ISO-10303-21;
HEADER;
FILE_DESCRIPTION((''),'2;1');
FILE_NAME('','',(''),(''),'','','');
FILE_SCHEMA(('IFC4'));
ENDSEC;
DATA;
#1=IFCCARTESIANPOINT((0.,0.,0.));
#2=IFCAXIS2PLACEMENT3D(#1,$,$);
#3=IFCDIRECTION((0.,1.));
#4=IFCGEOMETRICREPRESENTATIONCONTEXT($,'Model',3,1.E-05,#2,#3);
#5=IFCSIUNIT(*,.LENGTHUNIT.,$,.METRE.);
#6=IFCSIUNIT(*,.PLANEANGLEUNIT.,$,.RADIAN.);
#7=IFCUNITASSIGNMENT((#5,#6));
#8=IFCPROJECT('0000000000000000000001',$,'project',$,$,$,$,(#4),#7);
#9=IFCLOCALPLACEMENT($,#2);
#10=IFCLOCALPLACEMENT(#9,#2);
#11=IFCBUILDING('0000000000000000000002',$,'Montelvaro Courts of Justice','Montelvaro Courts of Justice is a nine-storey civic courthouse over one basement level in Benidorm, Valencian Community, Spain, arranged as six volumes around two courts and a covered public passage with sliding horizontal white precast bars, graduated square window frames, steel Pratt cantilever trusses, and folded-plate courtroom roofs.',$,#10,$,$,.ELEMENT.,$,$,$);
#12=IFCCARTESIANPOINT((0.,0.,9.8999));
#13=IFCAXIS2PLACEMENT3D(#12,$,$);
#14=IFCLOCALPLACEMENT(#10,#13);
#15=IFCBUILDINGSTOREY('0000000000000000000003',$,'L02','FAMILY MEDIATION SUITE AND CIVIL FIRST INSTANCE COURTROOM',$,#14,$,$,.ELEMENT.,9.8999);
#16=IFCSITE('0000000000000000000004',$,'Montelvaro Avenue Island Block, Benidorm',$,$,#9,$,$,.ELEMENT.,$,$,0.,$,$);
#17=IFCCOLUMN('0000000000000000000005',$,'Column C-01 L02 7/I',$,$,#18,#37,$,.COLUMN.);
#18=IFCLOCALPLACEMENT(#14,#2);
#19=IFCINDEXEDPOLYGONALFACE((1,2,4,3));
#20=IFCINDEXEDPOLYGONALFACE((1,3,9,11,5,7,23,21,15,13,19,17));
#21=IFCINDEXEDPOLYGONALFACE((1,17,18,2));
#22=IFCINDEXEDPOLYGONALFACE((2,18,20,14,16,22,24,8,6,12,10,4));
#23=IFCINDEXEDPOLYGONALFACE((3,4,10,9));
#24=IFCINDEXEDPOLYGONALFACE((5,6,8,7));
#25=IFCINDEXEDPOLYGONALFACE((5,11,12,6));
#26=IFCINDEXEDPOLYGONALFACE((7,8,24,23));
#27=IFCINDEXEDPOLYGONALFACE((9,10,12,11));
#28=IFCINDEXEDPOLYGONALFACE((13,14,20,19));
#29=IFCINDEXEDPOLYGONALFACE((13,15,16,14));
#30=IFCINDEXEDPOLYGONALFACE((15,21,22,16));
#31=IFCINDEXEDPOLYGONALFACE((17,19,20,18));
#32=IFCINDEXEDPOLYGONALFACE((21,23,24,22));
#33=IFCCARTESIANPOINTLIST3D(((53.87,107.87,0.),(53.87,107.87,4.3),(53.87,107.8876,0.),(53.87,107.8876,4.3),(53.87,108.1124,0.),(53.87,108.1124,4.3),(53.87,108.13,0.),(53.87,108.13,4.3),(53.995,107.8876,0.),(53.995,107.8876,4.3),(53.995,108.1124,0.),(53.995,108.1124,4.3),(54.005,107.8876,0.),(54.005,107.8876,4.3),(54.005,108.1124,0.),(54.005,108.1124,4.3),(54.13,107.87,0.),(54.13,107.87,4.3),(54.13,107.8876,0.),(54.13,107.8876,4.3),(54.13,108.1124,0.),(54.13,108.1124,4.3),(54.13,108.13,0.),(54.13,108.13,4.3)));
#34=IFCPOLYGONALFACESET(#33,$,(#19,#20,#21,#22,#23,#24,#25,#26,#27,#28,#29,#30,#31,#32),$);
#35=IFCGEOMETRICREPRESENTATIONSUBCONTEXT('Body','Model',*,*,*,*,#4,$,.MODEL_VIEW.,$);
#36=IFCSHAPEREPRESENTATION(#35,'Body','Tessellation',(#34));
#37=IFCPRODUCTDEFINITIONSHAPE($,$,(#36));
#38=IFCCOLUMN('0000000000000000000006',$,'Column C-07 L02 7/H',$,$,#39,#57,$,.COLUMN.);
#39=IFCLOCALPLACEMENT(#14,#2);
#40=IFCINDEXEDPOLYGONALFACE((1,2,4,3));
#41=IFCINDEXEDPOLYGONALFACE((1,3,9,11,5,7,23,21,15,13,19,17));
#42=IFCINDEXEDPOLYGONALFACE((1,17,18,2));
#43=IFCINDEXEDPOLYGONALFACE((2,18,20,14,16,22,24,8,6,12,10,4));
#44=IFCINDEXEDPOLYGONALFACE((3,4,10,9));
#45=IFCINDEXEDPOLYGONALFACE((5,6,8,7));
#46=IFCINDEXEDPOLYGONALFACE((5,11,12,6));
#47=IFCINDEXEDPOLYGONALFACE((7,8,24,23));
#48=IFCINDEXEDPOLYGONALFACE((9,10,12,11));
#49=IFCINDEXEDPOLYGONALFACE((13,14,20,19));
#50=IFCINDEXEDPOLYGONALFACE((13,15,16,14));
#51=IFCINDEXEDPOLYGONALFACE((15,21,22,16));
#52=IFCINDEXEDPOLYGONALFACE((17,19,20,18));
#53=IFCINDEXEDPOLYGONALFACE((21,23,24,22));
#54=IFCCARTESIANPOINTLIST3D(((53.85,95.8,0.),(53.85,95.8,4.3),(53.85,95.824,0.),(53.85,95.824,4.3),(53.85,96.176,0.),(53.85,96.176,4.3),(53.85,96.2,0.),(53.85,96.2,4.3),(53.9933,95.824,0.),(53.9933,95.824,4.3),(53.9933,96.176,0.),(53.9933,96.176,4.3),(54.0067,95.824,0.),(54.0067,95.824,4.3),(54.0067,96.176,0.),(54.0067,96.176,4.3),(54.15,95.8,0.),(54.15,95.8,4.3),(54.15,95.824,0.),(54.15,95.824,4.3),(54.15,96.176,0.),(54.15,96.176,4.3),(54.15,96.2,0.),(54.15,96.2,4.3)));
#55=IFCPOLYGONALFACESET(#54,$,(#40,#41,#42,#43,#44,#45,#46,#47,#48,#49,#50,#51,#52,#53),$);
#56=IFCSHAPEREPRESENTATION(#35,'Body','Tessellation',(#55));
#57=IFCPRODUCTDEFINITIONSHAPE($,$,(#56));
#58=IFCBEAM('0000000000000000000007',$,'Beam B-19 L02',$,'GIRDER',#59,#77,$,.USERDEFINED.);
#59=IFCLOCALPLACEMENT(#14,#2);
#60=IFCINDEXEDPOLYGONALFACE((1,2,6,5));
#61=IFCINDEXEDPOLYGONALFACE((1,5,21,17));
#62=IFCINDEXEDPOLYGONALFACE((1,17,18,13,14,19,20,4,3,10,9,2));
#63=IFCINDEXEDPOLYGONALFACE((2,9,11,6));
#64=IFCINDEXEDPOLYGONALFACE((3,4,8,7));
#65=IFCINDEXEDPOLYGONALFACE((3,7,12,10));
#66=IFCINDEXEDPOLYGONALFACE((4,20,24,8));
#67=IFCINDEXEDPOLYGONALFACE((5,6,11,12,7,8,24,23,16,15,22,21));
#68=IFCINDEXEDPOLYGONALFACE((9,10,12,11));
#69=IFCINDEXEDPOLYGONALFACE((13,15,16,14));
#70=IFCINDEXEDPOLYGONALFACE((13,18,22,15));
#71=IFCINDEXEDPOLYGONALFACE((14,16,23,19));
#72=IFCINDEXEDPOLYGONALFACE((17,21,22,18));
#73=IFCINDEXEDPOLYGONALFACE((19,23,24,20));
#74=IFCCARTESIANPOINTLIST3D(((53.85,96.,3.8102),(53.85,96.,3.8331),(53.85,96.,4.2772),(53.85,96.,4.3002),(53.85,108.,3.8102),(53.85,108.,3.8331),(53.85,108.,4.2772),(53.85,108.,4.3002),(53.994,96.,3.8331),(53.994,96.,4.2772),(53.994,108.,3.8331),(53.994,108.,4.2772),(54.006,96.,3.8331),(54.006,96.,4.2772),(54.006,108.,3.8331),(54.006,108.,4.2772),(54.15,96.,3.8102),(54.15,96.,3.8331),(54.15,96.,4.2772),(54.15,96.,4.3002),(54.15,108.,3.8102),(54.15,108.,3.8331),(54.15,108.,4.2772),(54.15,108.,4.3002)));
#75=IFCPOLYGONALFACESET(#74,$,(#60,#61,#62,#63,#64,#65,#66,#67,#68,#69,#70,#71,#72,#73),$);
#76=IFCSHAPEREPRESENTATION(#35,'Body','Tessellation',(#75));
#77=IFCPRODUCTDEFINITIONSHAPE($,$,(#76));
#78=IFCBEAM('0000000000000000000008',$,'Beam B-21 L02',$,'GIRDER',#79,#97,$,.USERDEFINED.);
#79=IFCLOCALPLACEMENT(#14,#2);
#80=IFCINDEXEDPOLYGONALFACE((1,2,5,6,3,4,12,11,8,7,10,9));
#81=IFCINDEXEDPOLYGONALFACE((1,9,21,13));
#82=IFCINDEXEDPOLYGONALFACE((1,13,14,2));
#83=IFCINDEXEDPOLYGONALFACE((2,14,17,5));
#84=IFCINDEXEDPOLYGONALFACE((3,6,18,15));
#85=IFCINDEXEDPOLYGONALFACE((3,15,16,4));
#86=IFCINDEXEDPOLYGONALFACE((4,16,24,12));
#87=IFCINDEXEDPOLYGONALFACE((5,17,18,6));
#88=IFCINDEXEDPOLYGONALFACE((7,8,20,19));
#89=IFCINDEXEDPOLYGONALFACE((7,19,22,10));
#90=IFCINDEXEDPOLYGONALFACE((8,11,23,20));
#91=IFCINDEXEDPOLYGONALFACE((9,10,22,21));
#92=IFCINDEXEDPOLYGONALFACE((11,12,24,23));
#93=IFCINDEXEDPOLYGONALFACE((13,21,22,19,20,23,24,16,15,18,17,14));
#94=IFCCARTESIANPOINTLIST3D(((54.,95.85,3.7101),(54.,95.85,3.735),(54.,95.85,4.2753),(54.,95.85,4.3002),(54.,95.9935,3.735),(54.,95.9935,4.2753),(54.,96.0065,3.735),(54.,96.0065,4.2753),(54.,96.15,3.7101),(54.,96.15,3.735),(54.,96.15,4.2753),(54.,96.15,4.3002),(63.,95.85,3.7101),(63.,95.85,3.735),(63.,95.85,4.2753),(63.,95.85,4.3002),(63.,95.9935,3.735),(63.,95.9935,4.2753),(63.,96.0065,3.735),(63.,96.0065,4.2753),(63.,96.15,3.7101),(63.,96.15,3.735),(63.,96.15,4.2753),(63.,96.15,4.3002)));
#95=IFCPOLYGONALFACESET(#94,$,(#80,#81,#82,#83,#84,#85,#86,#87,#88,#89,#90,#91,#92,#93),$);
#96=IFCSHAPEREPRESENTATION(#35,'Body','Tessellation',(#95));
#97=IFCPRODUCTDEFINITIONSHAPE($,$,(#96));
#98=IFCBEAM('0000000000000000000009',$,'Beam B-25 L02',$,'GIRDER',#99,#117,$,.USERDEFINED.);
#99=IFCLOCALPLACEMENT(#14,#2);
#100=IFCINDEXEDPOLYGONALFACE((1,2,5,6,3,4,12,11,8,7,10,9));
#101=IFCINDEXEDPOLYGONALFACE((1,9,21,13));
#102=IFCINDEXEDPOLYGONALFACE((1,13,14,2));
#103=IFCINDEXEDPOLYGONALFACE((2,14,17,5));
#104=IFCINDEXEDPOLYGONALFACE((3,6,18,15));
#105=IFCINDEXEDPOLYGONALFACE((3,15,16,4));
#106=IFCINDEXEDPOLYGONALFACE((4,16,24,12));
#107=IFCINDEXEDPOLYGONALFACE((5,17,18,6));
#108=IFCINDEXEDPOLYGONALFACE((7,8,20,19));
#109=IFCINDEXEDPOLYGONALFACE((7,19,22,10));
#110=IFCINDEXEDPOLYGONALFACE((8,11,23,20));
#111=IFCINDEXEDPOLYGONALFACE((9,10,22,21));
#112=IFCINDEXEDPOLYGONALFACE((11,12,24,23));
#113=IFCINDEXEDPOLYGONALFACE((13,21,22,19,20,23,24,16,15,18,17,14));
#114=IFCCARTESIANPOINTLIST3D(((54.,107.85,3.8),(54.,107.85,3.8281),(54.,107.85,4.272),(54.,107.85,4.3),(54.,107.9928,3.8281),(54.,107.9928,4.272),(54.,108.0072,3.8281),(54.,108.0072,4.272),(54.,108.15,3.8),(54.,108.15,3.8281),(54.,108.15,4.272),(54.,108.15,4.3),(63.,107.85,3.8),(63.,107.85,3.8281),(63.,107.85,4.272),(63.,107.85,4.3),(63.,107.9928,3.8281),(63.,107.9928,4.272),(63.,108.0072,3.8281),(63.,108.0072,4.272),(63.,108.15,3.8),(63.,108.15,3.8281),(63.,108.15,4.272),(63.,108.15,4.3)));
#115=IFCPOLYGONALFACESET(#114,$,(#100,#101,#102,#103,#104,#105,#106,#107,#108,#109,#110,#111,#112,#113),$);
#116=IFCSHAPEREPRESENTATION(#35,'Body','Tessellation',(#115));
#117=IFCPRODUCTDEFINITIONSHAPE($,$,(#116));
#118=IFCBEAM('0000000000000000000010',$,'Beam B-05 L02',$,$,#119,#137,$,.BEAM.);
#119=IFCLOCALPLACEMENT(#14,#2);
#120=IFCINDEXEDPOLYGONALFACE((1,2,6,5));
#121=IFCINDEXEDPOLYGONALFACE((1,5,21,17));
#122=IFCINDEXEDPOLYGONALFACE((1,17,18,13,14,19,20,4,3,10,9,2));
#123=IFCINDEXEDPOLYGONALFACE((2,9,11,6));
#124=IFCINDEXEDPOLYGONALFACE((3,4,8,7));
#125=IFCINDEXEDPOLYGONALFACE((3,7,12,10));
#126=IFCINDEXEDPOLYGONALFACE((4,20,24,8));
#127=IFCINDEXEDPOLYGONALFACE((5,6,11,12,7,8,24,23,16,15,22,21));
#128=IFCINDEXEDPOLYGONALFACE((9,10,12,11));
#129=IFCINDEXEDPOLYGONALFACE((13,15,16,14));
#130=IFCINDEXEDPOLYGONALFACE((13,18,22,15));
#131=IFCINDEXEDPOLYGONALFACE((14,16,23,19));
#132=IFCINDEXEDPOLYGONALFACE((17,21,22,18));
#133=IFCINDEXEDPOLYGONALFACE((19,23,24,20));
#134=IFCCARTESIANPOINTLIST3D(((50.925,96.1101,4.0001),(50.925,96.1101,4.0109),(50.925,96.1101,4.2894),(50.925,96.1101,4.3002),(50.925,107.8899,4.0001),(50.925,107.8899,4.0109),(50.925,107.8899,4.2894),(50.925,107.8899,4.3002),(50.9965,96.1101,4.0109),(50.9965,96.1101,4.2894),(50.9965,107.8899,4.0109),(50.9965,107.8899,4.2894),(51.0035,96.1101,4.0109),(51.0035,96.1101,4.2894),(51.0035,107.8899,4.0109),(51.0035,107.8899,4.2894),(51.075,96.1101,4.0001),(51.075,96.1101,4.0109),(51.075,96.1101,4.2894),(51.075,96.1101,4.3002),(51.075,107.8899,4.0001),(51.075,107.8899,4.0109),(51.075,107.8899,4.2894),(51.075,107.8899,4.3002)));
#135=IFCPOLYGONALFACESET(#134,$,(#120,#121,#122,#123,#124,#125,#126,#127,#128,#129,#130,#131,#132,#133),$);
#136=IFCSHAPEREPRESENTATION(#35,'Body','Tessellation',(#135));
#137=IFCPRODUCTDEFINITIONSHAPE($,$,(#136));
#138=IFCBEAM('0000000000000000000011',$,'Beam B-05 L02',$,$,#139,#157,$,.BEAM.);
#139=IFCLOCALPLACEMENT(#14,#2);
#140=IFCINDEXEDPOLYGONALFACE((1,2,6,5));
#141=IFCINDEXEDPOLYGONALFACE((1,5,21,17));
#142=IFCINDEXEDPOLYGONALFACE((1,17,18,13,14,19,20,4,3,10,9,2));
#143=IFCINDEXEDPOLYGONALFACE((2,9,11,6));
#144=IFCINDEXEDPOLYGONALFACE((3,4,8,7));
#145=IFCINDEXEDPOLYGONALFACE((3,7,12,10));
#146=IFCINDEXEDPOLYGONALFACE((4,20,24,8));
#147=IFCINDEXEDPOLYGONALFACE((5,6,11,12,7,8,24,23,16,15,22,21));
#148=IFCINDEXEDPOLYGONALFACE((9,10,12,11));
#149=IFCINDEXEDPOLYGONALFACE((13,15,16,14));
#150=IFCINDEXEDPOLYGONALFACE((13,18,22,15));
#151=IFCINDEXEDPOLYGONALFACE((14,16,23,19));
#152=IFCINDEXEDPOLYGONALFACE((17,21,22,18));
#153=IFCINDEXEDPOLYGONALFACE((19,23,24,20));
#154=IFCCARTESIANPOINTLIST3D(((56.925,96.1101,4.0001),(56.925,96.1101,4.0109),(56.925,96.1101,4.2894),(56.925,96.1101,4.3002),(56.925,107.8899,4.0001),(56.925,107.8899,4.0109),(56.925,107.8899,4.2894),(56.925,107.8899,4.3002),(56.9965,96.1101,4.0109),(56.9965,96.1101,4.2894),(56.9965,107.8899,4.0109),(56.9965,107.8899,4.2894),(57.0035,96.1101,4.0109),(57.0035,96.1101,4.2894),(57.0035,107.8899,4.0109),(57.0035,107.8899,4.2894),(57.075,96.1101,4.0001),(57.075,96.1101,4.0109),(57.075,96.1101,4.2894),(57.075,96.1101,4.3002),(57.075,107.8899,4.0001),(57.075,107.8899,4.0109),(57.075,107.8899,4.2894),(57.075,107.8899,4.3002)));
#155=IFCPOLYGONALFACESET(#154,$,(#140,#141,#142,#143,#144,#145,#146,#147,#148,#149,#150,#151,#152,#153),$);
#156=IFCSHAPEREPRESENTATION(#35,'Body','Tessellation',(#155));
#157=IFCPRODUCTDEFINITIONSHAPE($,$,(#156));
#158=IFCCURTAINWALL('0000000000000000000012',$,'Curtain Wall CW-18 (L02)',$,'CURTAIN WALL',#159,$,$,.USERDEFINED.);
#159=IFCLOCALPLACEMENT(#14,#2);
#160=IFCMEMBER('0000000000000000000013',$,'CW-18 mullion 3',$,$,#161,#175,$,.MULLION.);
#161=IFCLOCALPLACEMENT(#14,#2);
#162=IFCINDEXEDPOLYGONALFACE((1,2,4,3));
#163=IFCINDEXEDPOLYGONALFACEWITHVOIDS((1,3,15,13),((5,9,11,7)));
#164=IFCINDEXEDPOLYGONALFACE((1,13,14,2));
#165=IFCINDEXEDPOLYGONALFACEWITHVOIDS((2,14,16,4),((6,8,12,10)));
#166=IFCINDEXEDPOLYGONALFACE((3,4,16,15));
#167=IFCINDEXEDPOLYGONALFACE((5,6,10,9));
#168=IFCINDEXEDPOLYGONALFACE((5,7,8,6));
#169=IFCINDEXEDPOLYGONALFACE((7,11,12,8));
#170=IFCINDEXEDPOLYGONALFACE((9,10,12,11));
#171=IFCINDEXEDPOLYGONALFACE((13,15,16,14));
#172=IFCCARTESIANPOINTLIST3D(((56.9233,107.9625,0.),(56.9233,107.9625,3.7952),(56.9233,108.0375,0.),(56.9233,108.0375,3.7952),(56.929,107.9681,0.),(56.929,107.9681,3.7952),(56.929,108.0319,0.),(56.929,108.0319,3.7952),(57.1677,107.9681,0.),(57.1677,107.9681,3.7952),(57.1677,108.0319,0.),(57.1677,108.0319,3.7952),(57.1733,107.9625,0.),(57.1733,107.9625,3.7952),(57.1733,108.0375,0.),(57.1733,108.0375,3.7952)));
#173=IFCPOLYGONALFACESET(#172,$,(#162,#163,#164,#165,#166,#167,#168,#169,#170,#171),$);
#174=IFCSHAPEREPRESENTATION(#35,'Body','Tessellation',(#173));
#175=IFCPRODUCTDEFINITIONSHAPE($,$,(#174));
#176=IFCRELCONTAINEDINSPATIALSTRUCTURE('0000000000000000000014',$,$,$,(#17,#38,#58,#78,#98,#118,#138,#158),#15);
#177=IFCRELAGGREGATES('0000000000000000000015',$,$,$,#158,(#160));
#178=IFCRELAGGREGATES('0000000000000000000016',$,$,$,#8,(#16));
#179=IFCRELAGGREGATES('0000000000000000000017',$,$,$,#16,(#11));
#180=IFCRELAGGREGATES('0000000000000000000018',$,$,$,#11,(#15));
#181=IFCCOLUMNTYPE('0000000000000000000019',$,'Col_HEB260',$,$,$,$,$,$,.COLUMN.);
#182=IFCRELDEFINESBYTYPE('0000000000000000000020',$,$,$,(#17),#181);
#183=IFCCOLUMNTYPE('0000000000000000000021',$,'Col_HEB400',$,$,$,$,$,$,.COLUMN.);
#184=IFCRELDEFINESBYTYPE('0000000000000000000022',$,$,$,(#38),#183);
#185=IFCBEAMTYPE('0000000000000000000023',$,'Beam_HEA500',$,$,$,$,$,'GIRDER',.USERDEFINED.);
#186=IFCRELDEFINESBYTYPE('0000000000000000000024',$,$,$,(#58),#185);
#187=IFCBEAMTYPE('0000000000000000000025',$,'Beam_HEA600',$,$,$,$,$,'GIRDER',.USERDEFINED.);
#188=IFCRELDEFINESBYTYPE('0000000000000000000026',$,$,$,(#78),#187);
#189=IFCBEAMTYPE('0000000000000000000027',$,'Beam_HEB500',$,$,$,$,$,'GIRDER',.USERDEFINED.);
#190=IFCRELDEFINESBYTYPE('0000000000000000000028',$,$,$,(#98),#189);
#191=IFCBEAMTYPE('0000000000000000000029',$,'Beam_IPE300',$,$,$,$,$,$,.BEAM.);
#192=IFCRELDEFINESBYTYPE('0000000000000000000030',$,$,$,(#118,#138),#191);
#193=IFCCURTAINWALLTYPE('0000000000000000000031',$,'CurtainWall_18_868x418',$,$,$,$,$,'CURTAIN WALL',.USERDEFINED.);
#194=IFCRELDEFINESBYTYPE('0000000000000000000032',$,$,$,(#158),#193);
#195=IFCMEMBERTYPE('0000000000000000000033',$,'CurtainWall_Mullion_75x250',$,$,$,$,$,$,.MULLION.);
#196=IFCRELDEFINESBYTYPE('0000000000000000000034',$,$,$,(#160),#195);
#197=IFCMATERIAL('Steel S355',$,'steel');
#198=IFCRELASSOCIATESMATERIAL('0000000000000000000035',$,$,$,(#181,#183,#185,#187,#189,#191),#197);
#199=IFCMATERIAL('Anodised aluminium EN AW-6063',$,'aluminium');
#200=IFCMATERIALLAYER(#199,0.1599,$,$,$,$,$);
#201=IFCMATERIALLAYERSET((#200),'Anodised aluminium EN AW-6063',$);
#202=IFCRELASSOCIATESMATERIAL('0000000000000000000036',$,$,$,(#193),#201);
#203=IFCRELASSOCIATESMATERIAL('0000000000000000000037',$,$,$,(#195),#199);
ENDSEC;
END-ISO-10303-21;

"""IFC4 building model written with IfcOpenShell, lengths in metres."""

from ifc_helpers import new_model, si_unit, direction, frame, origin, origin_2d, place, context, subcontext, project, spatial, hollow_rectangle, i_section, extrude, material, layer, layer_set, material_profile, profile_set, type_object, element, aggregate, save


model = new_model("IFC4")

# Units and contexts
model_context = context("Model", 3, precision=1e-05, world=origin(), true_north=direction((0.0, 1.0)))
body_context = subcontext(model_context, "Body", "Model", "MODEL_VIEW")
ifc_project = project(units=[si_unit("LENGTHUNIT", "METRE"), si_unit("PLANEANGLEUNIT", "RADIAN")], contexts=[model_context])

# Site, building, storey
site_placement = place(None, origin())
site = spatial("IfcSite", under=ifc_project, at=site_placement, Name="Montelvaro Avenue Island Block, Benidorm", CompositionType="ELEMENT", RefElevation=0.0)
building_placement = place(site_placement, origin())
building = spatial("IfcBuilding", under=site, at=building_placement, Name="Montelvaro Courts of Justice", Description="Montelvaro Courts of Justice is a nine-storey civic courthouse over one basement level in Benidorm, Valencian Community, Spain, arranged as six volumes around two courts and a covered public passage with sliding horizontal white precast bars, graduated square window frames, steel Pratt cantilever trusses, and folded-plate courtroom roofs.", CompositionType="ELEMENT")
storey_placement = place(building_placement, frame((0.0, 0.0, 9.8999)))
storey = spatial("IfcBuildingStorey", under=building, at=storey_placement, Name="L02", Description="FAMILY MEDIATION SUITE AND CIVIL FIRST INSTANCE COURTROOM", CompositionType="ELEMENT", Elevation=9.8999)

# Columns
ifc_material_1 = material(Name="Steel S355", Category="steel")
ifc_material_profile_1 = material_profile(ifc_material_1, i_section(OverallWidth=0.26, OverallDepth=0.26, WebThickness=0.01, FlangeThickness=0.0176, at=origin_2d()), Name="HEB 260")
ifc_profile_set_1 = profile_set([ifc_material_profile_1], Name="Steel S355")
column_type_1 = type_object("IfcColumnType", Name="Col_HEB260", PredefinedType="COLUMN", material=ifc_profile_set_1)
column_1_placement = place(storey_placement, frame((54.0, 108.0, 0.0), z_axis=(0.0, 0.0, 1.0), x_axis=(1.0, 0.0, 0.0)))
element("IfcColumn", 1, at=column_1_placement, inside=storey, type_object=column_type_1, Name="Column C-01 L02 7/I", PredefinedType="COLUMN", context=body_context, shape_type="SweptSolid", body=[
    extrude(i_section(OverallWidth=0.26, OverallDepth=0.26, WebThickness=0.01, FlangeThickness=0.0176, at=origin_2d()), origin(), (0.0, 0.0, 1.0), 4.3),
])
ifc_material_profile_2 = material_profile(ifc_material_1, i_section(OverallWidth=0.3, OverallDepth=0.3999, WebThickness=0.0134, FlangeThickness=0.0239, at=origin_2d()), Name="HEB 400")
ifc_profile_set_2 = profile_set([ifc_material_profile_2], Name="Steel S355")
column_type_2 = type_object("IfcColumnType", Name="Col_HEB400", PredefinedType="COLUMN", material=ifc_profile_set_2)
column_2_placement = place(storey_placement, frame((54.0, 96.0, 0.0), z_axis=(0.0, 0.0, 1.0), x_axis=(1.0, 0.0, 0.0)))
element("IfcColumn", 2, at=column_2_placement, inside=storey, type_object=column_type_2, Name="Column C-07 L02 7/H", PredefinedType="COLUMN", context=body_context, shape_type="SweptSolid", body=[
    extrude(i_section(OverallWidth=0.3, OverallDepth=0.3999, WebThickness=0.0134, FlangeThickness=0.0239, at=origin_2d()), origin(), (0.0, 0.0, 1.0), 4.3),
])

# Beams
ifc_material_profile_3 = material_profile(ifc_material_1, i_section(OverallWidth=0.3, OverallDepth=0.49, WebThickness=0.012, FlangeThickness=0.0229, at=origin_2d()), Name="HEA 500")
ifc_profile_set_3 = profile_set([ifc_material_profile_3], Name="Steel S355")
beam_type_1 = type_object("IfcBeamType", Name="Beam_HEA500", ElementType="GIRDER", PredefinedType="USERDEFINED", material=ifc_profile_set_3)
beam_1_placement = place(storey_placement, frame((54.0, 96.0, 4.0552), z_axis=(0.0, 1.0, 0.0), x_axis=(-1.0, 0.0, 0.0)))
element("IfcBeam", 3, at=beam_1_placement, inside=storey, type_object=beam_type_1, Name="Beam B-19 L02", ObjectType="GIRDER", PredefinedType="USERDEFINED", context=body_context, shape_type="SweptSolid", body=[
    extrude(i_section(OverallWidth=0.3, OverallDepth=0.49, WebThickness=0.012, FlangeThickness=0.0229, at=origin_2d()), origin(), (0.0, 0.0, 1.0), 12.0),
])
ifc_material_profile_4 = material_profile(ifc_material_1, i_section(OverallWidth=0.3, OverallDepth=0.5901, WebThickness=0.0129, FlangeThickness=0.0249, at=origin_2d()), Name="HEA 600")
ifc_profile_set_4 = profile_set([ifc_material_profile_4], Name="Steel S355")
beam_type_2 = type_object("IfcBeamType", Name="Beam_HEA600", ElementType="GIRDER", PredefinedType="USERDEFINED", material=ifc_profile_set_4)
beam_2_placement = place(storey_placement, frame((54.0, 96.0, 4.0051), z_axis=(1.0, 0.0, 0.0), x_axis=(0.0, 1.0, 0.0)))
element("IfcBeam", 4, at=beam_2_placement, inside=storey, type_object=beam_type_2, Name="Beam B-21 L02", ObjectType="GIRDER", PredefinedType="USERDEFINED", context=body_context, shape_type="SweptSolid", body=[
    extrude(i_section(OverallWidth=0.3, OverallDepth=0.5901, WebThickness=0.0129, FlangeThickness=0.0249, at=origin_2d()), origin(), (0.0, 0.0, 1.0), 9.0),
])
ifc_material_profile_5 = material_profile(ifc_material_1, i_section(OverallWidth=0.3, OverallDepth=0.5, WebThickness=0.0144, FlangeThickness=0.0281, at=origin_2d()), Name="HEB 500")
ifc_profile_set_5 = profile_set([ifc_material_profile_5], Name="Steel S355")
beam_type_3 = type_object("IfcBeamType", Name="Beam_HEB500", ElementType="GIRDER", PredefinedType="USERDEFINED", material=ifc_profile_set_5)
beam_3_placement = place(storey_placement, frame((54.0, 108.0, 4.05), z_axis=(1.0, 0.0, 0.0), x_axis=(0.0, 1.0, 0.0)))
element("IfcBeam", 5, at=beam_3_placement, inside=storey, type_object=beam_type_3, Name="Beam B-25 L02", ObjectType="GIRDER", PredefinedType="USERDEFINED", context=body_context, shape_type="SweptSolid", body=[
    extrude(i_section(OverallWidth=0.3, OverallDepth=0.5, WebThickness=0.0144, FlangeThickness=0.0281, at=origin_2d()), origin(), (0.0, 0.0, 1.0), 9.0),
])
ifc_material_profile_6 = material_profile(ifc_material_1, i_section(OverallWidth=0.1499, OverallDepth=0.3, WebThickness=0.0071, FlangeThickness=0.0107, at=origin_2d()), Name="IPE 300")
ifc_profile_set_6 = profile_set([ifc_material_profile_6], Name="Steel S355")
beam_type_4 = type_object("IfcBeamType", Name="Beam_IPE300", PredefinedType="BEAM", material=ifc_profile_set_6)
for number, where, z_axis, x_axis, name in (
    (6, (51.0, 96.1101, 4.1501), (0.0, 1.0, 0.0), (-1.0, 0.0, 0.0), "Beam B-05 L02"),
    (7, (57.0, 96.1101, 4.1501), (0.0, 1.0, 0.0), (-1.0, 0.0, 0.0), "Beam B-05 L02"),
):
    element("IfcBeam", number, at=place(storey_placement, frame(where, z_axis=z_axis, x_axis=x_axis)), inside=storey, type_object=beam_type_4, Name=name, PredefinedType="BEAM", context=body_context, shape_type="SweptSolid", body=[
        extrude(i_section(OverallWidth=0.1499, OverallDepth=0.3, WebThickness=0.0071, FlangeThickness=0.0107, at=origin_2d()), origin(), (0.0, 0.0, 1.0), 11.7798),
    ])

# Curtain wall, member
ifc_material_2 = material(Name="Anodised aluminium EN AW-6063", Category="aluminium")
ifc_layer_1 = layer(ifc_material_2, 0.1599)
ifc_layer_set_1 = layer_set([ifc_layer_1], Name="Anodised aluminium EN AW-6063")
curtain_wall_type = type_object("IfcCurtainWallType", Name="CurtainWall_18_868x418", ElementType="CURTAIN WALL", PredefinedType="USERDEFINED", material=ifc_layer_set_1)
curtain_wall_1_placement = place(storey_placement, origin())
curtain_wall_1 = element("IfcCurtainWall", 8, at=curtain_wall_1_placement, inside=storey, type_object=curtain_wall_type, Name="Curtain Wall CW-18 (L02)", ObjectType="CURTAIN WALL", PredefinedType="USERDEFINED")
ifc_material_profile_7 = material_profile(ifc_material_2, hollow_rectangle(XDim=0.075, YDim=0.25, WallThickness=0.0056, at=origin_2d()), Name="ALU-M 75x250")
ifc_profile_set_7 = profile_set([ifc_material_profile_7], Name="Anodised aluminium EN AW-6063")
member_type_1 = type_object("IfcMemberType", Name="CurtainWall_Mullion_75x250", PredefinedType="MULLION", material=ifc_profile_set_7)
member_1_placement = place(storey_placement, frame((57.0483, 108.0, 0.0), z_axis=(0.0, 0.0, 1.0), x_axis=(0.0, -1.0, 0.0)))
member_1 = element("IfcMember", 9, at=member_1_placement, type_object=member_type_1, Name="CW-18 mullion 3", PredefinedType="MULLION", context=body_context, shape_type="SweptSolid", body=[
    extrude(hollow_rectangle(XDim=0.075, YDim=0.25, WallThickness=0.0056, at=origin_2d()), origin(), (0.0, 0.0, 1.0), 3.7952),
])

aggregate(curtain_wall_1, [member_1])

save(model, "model.ifc")
